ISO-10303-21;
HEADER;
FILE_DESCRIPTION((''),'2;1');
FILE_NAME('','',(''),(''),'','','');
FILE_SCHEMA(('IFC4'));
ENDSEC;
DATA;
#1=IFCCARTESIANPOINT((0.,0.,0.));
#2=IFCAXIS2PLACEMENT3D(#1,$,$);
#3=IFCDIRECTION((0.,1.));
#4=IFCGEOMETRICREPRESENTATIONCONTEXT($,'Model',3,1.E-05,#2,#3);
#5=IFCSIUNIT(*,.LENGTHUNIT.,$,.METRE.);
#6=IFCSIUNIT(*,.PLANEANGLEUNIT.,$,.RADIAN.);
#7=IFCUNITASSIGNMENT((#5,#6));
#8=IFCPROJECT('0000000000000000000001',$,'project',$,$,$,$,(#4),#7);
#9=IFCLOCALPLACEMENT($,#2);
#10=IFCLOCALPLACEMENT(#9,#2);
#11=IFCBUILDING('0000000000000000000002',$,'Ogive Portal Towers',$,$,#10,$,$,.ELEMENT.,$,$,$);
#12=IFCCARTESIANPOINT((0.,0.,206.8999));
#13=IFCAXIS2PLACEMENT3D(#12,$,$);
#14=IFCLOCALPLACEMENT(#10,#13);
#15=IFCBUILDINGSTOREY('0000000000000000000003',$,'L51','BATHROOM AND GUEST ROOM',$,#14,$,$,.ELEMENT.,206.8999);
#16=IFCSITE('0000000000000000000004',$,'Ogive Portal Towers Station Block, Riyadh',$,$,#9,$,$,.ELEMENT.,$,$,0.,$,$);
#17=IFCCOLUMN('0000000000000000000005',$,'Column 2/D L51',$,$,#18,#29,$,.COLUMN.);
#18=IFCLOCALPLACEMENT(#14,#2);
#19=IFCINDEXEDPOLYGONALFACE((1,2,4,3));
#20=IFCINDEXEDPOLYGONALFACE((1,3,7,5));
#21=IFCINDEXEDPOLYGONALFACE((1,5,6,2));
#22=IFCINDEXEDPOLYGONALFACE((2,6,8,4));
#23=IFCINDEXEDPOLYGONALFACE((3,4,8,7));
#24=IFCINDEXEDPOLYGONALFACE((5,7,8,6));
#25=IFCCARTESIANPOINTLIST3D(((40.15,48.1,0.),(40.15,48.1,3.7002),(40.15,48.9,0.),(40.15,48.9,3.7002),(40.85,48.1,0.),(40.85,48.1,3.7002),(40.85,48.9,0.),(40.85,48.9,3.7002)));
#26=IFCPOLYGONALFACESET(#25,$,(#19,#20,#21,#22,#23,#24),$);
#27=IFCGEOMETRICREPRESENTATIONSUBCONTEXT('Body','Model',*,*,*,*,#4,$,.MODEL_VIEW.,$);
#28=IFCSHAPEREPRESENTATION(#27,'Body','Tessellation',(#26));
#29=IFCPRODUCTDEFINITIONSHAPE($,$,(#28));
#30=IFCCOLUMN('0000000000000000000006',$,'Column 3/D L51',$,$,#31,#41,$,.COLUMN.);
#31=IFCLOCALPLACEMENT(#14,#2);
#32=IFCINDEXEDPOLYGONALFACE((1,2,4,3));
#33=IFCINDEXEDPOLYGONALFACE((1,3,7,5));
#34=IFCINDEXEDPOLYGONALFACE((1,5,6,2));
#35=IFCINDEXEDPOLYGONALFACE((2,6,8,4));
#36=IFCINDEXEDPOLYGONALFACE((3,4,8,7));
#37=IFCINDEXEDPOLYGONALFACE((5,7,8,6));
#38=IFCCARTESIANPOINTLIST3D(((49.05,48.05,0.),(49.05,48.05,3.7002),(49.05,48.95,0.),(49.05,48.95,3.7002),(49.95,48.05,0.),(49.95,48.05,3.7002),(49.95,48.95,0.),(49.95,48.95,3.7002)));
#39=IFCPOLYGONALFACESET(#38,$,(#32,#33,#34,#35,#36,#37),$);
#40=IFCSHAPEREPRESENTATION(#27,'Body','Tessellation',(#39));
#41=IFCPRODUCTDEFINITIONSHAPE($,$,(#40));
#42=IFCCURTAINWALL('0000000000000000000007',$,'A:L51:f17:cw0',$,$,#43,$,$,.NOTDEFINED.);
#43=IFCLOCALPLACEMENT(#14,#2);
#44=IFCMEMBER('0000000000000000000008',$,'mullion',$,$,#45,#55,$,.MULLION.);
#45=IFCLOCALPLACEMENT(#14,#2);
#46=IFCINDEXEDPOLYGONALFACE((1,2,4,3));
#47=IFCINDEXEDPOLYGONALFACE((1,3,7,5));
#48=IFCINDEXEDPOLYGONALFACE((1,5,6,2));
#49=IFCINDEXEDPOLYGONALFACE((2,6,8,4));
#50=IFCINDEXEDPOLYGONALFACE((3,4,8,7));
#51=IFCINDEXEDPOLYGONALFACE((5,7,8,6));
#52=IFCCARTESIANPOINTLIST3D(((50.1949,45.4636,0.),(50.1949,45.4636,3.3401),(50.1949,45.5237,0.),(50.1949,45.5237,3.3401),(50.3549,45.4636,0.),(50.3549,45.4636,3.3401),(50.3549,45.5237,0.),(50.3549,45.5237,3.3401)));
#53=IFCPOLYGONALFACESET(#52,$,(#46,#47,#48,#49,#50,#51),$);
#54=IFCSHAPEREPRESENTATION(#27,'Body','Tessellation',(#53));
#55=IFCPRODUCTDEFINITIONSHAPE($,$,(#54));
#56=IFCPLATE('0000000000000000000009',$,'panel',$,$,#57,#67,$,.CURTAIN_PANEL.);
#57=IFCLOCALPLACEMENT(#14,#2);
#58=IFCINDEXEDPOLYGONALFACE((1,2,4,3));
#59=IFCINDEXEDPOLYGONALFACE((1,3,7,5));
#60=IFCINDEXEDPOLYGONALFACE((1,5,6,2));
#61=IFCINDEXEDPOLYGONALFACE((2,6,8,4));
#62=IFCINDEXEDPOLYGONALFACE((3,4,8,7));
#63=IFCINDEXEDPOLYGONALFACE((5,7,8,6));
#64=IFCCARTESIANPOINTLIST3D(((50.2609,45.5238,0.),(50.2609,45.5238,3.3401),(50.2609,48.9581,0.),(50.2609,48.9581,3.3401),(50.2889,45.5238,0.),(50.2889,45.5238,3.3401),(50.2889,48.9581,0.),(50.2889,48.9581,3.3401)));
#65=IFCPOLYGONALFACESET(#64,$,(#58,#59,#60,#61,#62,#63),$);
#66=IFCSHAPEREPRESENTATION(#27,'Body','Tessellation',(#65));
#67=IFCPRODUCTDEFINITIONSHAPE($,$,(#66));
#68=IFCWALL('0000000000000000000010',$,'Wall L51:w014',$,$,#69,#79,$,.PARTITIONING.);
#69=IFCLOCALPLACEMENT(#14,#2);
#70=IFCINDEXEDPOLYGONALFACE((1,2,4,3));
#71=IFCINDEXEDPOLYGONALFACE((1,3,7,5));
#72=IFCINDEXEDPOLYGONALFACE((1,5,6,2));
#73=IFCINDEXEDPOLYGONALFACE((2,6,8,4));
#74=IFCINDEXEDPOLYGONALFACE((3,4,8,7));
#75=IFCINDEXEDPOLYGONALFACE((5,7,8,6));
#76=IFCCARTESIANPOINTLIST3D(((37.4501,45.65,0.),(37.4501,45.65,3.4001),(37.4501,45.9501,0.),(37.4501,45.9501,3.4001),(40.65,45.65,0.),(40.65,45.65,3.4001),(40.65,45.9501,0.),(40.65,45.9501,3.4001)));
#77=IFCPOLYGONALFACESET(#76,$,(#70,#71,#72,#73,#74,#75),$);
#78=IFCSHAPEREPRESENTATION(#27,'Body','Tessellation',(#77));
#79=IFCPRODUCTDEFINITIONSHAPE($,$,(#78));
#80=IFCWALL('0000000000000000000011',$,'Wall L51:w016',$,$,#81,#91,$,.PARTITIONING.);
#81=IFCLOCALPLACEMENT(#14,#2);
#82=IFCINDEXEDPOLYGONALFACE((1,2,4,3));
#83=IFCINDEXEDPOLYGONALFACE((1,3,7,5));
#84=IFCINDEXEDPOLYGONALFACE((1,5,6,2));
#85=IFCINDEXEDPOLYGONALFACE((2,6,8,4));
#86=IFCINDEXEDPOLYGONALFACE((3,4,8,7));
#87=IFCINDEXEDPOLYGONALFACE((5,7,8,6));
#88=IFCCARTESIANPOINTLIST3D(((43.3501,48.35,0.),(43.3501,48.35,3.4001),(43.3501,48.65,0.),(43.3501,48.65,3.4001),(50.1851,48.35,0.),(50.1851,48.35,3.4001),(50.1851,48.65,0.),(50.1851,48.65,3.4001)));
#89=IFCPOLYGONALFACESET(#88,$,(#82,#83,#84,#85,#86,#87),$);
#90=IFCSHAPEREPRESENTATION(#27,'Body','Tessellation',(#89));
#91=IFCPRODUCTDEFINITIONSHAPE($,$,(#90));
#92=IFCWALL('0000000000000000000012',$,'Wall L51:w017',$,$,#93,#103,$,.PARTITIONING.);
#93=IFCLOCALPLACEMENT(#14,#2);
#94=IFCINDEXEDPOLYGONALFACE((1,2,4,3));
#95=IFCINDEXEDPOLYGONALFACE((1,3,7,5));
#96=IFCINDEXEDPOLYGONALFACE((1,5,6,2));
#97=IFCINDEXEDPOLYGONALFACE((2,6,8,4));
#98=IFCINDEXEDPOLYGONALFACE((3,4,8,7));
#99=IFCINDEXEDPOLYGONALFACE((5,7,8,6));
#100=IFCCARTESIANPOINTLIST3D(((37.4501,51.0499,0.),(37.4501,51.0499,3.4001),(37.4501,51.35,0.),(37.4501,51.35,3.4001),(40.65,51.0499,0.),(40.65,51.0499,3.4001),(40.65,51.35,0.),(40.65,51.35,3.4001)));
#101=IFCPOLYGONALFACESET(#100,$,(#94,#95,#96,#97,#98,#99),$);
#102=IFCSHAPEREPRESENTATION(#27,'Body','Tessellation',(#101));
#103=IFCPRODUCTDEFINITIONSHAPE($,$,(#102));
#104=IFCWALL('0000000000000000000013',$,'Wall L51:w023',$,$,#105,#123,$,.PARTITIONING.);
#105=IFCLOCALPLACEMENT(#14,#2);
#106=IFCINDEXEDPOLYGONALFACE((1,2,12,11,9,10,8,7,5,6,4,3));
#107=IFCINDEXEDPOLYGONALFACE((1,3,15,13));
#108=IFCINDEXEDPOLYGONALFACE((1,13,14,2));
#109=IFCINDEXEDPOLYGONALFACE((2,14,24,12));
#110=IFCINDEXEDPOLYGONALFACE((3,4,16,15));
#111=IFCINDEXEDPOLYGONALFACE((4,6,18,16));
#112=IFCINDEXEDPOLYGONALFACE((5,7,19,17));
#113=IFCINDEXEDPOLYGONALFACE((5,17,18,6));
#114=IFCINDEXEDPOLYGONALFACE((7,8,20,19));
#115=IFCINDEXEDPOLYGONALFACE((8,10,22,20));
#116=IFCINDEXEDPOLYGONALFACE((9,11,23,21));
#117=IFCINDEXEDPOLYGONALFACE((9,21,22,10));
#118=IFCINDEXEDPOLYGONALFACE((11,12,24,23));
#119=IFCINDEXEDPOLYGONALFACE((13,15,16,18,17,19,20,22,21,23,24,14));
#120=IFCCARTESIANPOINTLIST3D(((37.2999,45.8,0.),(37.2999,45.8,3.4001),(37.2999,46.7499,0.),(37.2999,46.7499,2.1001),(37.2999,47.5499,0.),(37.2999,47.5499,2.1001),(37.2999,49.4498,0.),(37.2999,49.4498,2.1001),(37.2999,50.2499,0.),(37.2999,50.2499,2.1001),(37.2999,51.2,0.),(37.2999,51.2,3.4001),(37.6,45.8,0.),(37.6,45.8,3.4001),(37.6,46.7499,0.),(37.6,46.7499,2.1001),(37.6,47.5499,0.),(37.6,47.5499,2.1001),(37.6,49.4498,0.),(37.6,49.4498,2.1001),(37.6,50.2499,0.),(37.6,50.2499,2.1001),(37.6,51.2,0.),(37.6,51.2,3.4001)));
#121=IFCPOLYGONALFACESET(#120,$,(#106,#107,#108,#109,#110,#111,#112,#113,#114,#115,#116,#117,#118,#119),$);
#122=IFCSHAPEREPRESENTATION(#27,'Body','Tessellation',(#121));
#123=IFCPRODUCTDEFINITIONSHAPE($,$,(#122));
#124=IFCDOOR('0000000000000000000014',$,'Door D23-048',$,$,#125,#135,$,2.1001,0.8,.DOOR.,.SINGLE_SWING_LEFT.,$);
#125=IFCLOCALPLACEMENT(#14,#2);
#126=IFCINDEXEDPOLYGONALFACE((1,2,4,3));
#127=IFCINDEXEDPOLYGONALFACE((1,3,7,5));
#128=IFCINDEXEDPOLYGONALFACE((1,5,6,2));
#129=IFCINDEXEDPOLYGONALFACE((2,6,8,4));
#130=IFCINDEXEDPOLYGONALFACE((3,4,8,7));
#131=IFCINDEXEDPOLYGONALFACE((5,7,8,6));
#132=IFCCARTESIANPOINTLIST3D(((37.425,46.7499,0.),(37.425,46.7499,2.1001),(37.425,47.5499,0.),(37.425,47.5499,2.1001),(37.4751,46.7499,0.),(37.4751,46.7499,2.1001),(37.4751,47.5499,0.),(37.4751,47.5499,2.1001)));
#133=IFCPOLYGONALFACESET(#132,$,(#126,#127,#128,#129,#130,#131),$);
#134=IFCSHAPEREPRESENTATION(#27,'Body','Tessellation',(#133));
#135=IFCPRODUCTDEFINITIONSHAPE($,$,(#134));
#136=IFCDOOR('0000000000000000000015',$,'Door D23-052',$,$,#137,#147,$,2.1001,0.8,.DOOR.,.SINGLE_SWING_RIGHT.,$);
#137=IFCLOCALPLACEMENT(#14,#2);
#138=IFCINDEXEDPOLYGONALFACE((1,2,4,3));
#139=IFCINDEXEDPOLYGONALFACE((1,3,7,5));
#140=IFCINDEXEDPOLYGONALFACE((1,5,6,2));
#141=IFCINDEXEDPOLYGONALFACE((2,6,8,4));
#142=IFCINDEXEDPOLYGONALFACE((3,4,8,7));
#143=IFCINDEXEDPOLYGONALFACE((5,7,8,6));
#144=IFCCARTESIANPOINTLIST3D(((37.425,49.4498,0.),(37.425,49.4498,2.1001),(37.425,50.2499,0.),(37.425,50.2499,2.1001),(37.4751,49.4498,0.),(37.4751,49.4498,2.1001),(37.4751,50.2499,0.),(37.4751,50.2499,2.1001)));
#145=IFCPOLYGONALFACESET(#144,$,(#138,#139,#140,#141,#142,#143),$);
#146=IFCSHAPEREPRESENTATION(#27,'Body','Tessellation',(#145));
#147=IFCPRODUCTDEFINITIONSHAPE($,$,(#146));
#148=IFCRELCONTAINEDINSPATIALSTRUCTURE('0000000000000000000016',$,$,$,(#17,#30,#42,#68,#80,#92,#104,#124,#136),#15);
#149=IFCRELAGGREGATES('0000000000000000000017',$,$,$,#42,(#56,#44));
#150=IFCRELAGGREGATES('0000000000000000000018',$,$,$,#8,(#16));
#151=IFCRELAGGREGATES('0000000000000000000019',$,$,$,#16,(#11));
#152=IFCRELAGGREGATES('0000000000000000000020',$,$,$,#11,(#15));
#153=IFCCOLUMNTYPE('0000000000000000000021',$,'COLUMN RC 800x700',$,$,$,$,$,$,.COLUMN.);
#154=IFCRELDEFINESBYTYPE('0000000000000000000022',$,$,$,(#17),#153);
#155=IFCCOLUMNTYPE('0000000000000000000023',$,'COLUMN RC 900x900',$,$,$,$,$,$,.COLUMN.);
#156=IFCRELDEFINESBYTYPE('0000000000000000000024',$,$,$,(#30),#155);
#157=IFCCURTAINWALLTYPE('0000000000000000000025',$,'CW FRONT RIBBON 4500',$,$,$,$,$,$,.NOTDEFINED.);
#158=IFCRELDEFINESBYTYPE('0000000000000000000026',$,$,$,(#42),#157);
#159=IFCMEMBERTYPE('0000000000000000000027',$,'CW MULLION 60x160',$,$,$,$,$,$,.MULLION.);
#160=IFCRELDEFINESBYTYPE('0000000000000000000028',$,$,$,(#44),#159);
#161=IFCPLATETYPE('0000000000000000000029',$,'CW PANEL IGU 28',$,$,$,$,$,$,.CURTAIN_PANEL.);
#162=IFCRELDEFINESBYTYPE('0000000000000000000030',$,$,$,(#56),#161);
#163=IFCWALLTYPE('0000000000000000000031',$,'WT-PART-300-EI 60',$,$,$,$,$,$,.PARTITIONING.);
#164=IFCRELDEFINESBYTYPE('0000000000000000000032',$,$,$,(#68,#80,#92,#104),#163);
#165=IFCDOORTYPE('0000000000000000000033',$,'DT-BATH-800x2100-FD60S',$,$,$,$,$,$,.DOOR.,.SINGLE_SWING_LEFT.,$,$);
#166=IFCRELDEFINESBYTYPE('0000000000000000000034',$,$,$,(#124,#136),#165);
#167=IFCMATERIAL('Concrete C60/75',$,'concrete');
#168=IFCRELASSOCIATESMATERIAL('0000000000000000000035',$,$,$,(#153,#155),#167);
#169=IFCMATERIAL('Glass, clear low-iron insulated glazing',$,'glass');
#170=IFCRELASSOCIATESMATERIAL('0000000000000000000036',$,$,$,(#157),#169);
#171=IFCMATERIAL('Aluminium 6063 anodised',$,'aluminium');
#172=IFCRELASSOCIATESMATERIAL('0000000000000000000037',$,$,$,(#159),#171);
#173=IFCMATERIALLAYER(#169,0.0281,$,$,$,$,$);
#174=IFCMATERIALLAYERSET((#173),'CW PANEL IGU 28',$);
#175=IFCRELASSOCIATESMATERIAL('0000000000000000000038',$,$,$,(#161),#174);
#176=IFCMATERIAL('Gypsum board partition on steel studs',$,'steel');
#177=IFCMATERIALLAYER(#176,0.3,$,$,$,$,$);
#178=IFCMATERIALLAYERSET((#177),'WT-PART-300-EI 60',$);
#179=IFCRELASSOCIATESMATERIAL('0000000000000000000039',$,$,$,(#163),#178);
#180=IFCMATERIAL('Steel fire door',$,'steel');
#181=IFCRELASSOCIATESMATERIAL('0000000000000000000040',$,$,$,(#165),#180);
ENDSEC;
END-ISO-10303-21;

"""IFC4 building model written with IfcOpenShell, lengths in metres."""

from ifc_helpers import new_model, si_unit, direction, frame, frame_2d, origin, origin_2d, place, context, subcontext, project, spatial, rectangle, extrude, material, layer, layer_set, material_profile, profile_set, type_object, element, fill, aggregate, save


model = new_model("IFC4")

# Units and contexts
model_context = context("Model", 3, precision=1e-05, world=origin(), true_north=direction((0.0, 1.0)))
body_context = subcontext(model_context, "Body", "Model", "MODEL_VIEW")
ifc_project = project(units=[si_unit("LENGTHUNIT", "METRE"), si_unit("PLANEANGLEUNIT", "RADIAN")], contexts=[model_context])

# Site, building, storey
site_placement = place(None, origin())
site = spatial("IfcSite", under=ifc_project, at=site_placement, Name="Ogive Portal Towers Station Block, Riyadh", CompositionType="ELEMENT", RefElevation=0.0)
building_placement = place(site_placement, origin())
building = spatial("IfcBuilding", under=site, at=building_placement, Name="Ogive Portal Towers", CompositionType="ELEMENT")
storey_placement = place(building_placement, frame((0.0, 0.0, 206.8999)))
storey = spatial("IfcBuildingStorey", under=building, at=storey_placement, Name="L51", Description="BATHROOM AND GUEST ROOM", CompositionType="ELEMENT", Elevation=206.8999)

# Columns
ifc_material_1 = material(Name="Concrete C60/75", Category="concrete")
ifc_material_profile_1 = material_profile(ifc_material_1, rectangle(XDim=0.8, YDim=0.7, at=origin_2d()), Name="RC 800x700")
ifc_profile_set_1 = profile_set([ifc_material_profile_1], Name="Concrete C60/75")
column_type_1 = type_object("IfcColumnType", Name="COLUMN RC 800x700", PredefinedType="COLUMN", material=ifc_profile_set_1)
column_1_placement = place(storey_placement, frame((40.5, 48.5, 0.0), z_axis=(0.0, 0.0, 1.0), x_axis=(0.0, 1.0, 0.0)))
element("IfcColumn", 1, at=column_1_placement, inside=storey, type_object=column_type_1, Name="Column 2/D L51", PredefinedType="COLUMN", context=body_context, shape_type="SweptSolid", body=[
    extrude(rectangle(XDim=0.8, YDim=0.7, at=origin_2d()), origin(), (0.0, 0.0, 1.0), 3.7002),
])
ifc_material_profile_2 = material_profile(ifc_material_1, rectangle(XDim=0.8999, YDim=0.8999, at=origin_2d()), Name="RC 900x900")
ifc_profile_set_2 = profile_set([ifc_material_profile_2], Name="Concrete C60/75")
column_type_2 = type_object("IfcColumnType", Name="COLUMN RC 900x900", PredefinedType="COLUMN", material=ifc_profile_set_2)
column_2_placement = place(storey_placement, frame((49.5, 48.5, 0.0), z_axis=(0.0, 0.0, 1.0), x_axis=(1.0, 0.0, 0.0)))
element("IfcColumn", 2, at=column_2_placement, inside=storey, type_object=column_type_2, Name="Column 3/D L51", PredefinedType="COLUMN", context=body_context, shape_type="SweptSolid", body=[
    extrude(rectangle(XDim=0.8999, YDim=0.8999, at=origin_2d()), origin(), (0.0, 0.0, 1.0), 3.7002),
])

# Curtain wall, member, plate
ifc_material_2 = material(Name="Glass, clear low-iron insulated glazing", Category="glass")
curtain_wall_type = type_object("IfcCurtainWallType", Name="CW FRONT RIBBON 4500", PredefinedType="NOTDEFINED", material=ifc_material_2)
curtain_wall_placement = place(storey_placement, origin())
curtain_wall = element("IfcCurtainWall", 3, at=curtain_wall_placement, inside=storey, type_object=curtain_wall_type, Name="A:L51:f17:cw0", PredefinedType="NOTDEFINED")
ifc_material_3 = material(Name="Aluminium 6063 anodised", Category="aluminium")
ifc_material_profile_3 = material_profile(ifc_material_3, rectangle(XDim=0.1599, YDim=0.0601, at=origin_2d()), Name="AL 60x160")
ifc_profile_set_3 = profile_set([ifc_material_profile_3], Name="Aluminium 6063 anodised")
member_type = type_object("IfcMemberType", Name="CW MULLION 60x160", PredefinedType="MULLION", material=ifc_profile_set_3)
member_placement = place(storey_placement, frame((50.2749, 45.4937, 0.0), z_axis=(0.0, 0.0, 1.0), x_axis=(-1.0, 0.0, 0.0)))
member = element("IfcMember", 4, at=member_placement, type_object=member_type, Name="mullion", PredefinedType="MULLION", context=body_context, shape_type="SweptSolid", body=[
    extrude(rectangle(XDim=0.1599, YDim=0.0601, at=origin_2d()), origin(), (0.0, 0.0, 1.0), 3.3401),
])
ifc_layer_1 = layer(ifc_material_2, 0.0281)
ifc_layer_set_1 = layer_set([ifc_layer_1], Name="CW PANEL IGU 28")
plate_type = type_object("IfcPlateType", Name="CW PANEL IGU 28", PredefinedType="CURTAIN_PANEL", material=ifc_layer_set_1)
plate_placement = place(storey_placement, frame((50.2749, 47.241, 0.0), z_axis=(0.0, 0.0, 1.0), x_axis=(0.0, 1.0, 0.0)))
plate = element("IfcPlate", 5, at=plate_placement, type_object=plate_type, Name="panel", PredefinedType="CURTAIN_PANEL", context=body_context, shape_type="SweptSolid", body=[
    extrude(rectangle(XDim=3.4343, YDim=0.0281, at=origin_2d()), origin(), (0.0, 0.0, 1.0), 3.3401),
])
aggregate(curtain_wall, [plate, member])

# Walls
ifc_material_4 = material(Name="Gypsum board partition on steel studs", Category="steel")
ifc_layer_2 = layer(ifc_material_4, 0.3)
ifc_layer_set_2 = layer_set([ifc_layer_2], Name="WT-PART-300-EI 60")
wall_type = type_object("IfcWallType", Name="WT-PART-300-EI 60", PredefinedType="PARTITIONING", material=ifc_layer_set_2)
wall_1_placement = place(storey_placement, frame((37.45, 45.8, 0.0), z_axis=(0.0, 0.0, 1.0), x_axis=(1.0, 0.0, 0.0)))
element("IfcWall", 6, at=wall_1_placement, inside=storey, type_object=wall_type, Name="Wall L51:w014", PredefinedType="PARTITIONING", context=body_context, shape_type="SweptSolid", body=[
    extrude(rectangle(XDim=3.2, YDim=0.3, at=frame_2d((1.6001, 0.0))), origin(), (0.0, 0.0, 1.0), 3.4001),
])
wall_2_placement = place(storey_placement, frame((43.3501, 48.5, 0.0), z_axis=(0.0, 0.0, 1.0), x_axis=(1.0, 0.0, 0.0)))
element("IfcWall", 7, at=wall_2_placement, inside=storey, type_object=wall_type, Name="Wall L51:w016", PredefinedType="PARTITIONING", context=body_context, shape_type="SweptSolid", body=[
    extrude(rectangle(XDim=6.835, YDim=0.3, at=frame_2d((3.4175, 0.0))), origin(), (0.0, 0.0, 1.0), 3.4001),
])
wall_3_placement = place(storey_placement, frame((37.45, 51.2, 0.0), z_axis=(0.0, 0.0, 1.0), x_axis=(1.0, 0.0, 0.0)))
element("IfcWall", 8, at=wall_3_placement, inside=storey, type_object=wall_type, Name="Wall L51:w017", PredefinedType="PARTITIONING", context=body_context, shape_type="SweptSolid", body=[
    extrude(rectangle(XDim=3.2, YDim=0.3, at=frame_2d((1.6001, 0.0))), origin(), (0.0, 0.0, 1.0), 3.4001),
])

# Wall, openings, doors
wall_4_placement = place(storey_placement, frame((37.45, 45.8, 0.0), z_axis=(0.0, 0.0, 1.0), x_axis=(0.0, 1.0, 0.0)))
wall_4 = element("IfcWall", 9, at=wall_4_placement, inside=storey, type_object=wall_type, Name="Wall L51:w023", PredefinedType="PARTITIONING", context=body_context, shape_type="SweptSolid", body=[
    extrude(rectangle(XDim=5.3999, YDim=0.3, at=frame_2d((2.7, 0.0))), origin(), (0.0, 0.0, 1.0), 3.4001),
])
opening_1_placement = place(wall_4_placement, frame((0.95, 0.0, 0.0)))
opening_1 = element("IfcOpeningElement", 10, at=opening_1_placement, cuts=wall_4, PredefinedType="OPENING", context=body_context, shape_type="SweptSolid", body=[
    extrude(rectangle(XDim=0.8, YDim=2.1001, at=frame_2d((0.3999, 1.05))), frame((0.0, 0.1602, 0.0), z_axis=(0.0, -1.0, 0.0), x_axis=(1.0, 0.0, 0.0)), (0.0, 0.0, 1.0), 0.3201),
])
opening_2_placement = place(wall_4_placement, frame((3.6499, 0.0, 0.0)))
opening_2 = element("IfcOpeningElement", 11, at=opening_2_placement, cuts=wall_4, PredefinedType="OPENING", context=body_context, shape_type="SweptSolid", body=[
    extrude(rectangle(XDim=0.8, YDim=2.1001, at=frame_2d((0.3999, 1.05))), frame((0.0, 0.1602, 0.0), z_axis=(0.0, -1.0, 0.0), x_axis=(1.0, 0.0, 0.0)), (0.0, 0.0, 1.0), 0.3201),
])
ifc_material_5 = material(Name="Steel fire door", Category="steel")
door_type = type_object("IfcDoorType", Name="DT-BATH-800x2100-FD60S", OperationType="SINGLE_SWING_LEFT", PredefinedType="DOOR", material=ifc_material_5)
door_1_placement = place(opening_1_placement, origin())
door_1 = element("IfcDoor", 12, at=door_1_placement, inside=storey, type_object=door_type, Name="Door D23-048", OperationType="SINGLE_SWING_LEFT", OverallHeight=2.1001, OverallWidth=0.8, PredefinedType="DOOR", context=body_context, shape_type="SweptSolid", body=[
    extrude(rectangle(XDim=0.8, YDim=2.1001, at=frame_2d((0.3999, 1.05))), frame((0.0, 0.0249, 0.0), z_axis=(0.0, -1.0, 0.0), x_axis=(1.0, 0.0, 0.0)), (0.0, 0.0, 1.0), 0.05),
])
fill(opening_1, door_1)
door_2_placement = place(opening_2_placement, origin())
door_2 = element("IfcDoor", 13, at=door_2_placement, inside=storey, type_object=door_type, Name="Door D23-052", OperationType="SINGLE_SWING_RIGHT", OverallHeight=2.1001, OverallWidth=0.8, PredefinedType="DOOR", context=body_context, shape_type="SweptSolid", body=[
    extrude(rectangle(XDim=0.8, YDim=2.1001, at=frame_2d((0.3999, 1.05))), frame((0.0, 0.0249, 0.0), z_axis=(0.0, -1.0, 0.0), x_axis=(1.0, 0.0, 0.0)), (0.0, 0.0, 1.0), 0.05),
])
fill(opening_2, door_2)

save(model, "model.ifc")
